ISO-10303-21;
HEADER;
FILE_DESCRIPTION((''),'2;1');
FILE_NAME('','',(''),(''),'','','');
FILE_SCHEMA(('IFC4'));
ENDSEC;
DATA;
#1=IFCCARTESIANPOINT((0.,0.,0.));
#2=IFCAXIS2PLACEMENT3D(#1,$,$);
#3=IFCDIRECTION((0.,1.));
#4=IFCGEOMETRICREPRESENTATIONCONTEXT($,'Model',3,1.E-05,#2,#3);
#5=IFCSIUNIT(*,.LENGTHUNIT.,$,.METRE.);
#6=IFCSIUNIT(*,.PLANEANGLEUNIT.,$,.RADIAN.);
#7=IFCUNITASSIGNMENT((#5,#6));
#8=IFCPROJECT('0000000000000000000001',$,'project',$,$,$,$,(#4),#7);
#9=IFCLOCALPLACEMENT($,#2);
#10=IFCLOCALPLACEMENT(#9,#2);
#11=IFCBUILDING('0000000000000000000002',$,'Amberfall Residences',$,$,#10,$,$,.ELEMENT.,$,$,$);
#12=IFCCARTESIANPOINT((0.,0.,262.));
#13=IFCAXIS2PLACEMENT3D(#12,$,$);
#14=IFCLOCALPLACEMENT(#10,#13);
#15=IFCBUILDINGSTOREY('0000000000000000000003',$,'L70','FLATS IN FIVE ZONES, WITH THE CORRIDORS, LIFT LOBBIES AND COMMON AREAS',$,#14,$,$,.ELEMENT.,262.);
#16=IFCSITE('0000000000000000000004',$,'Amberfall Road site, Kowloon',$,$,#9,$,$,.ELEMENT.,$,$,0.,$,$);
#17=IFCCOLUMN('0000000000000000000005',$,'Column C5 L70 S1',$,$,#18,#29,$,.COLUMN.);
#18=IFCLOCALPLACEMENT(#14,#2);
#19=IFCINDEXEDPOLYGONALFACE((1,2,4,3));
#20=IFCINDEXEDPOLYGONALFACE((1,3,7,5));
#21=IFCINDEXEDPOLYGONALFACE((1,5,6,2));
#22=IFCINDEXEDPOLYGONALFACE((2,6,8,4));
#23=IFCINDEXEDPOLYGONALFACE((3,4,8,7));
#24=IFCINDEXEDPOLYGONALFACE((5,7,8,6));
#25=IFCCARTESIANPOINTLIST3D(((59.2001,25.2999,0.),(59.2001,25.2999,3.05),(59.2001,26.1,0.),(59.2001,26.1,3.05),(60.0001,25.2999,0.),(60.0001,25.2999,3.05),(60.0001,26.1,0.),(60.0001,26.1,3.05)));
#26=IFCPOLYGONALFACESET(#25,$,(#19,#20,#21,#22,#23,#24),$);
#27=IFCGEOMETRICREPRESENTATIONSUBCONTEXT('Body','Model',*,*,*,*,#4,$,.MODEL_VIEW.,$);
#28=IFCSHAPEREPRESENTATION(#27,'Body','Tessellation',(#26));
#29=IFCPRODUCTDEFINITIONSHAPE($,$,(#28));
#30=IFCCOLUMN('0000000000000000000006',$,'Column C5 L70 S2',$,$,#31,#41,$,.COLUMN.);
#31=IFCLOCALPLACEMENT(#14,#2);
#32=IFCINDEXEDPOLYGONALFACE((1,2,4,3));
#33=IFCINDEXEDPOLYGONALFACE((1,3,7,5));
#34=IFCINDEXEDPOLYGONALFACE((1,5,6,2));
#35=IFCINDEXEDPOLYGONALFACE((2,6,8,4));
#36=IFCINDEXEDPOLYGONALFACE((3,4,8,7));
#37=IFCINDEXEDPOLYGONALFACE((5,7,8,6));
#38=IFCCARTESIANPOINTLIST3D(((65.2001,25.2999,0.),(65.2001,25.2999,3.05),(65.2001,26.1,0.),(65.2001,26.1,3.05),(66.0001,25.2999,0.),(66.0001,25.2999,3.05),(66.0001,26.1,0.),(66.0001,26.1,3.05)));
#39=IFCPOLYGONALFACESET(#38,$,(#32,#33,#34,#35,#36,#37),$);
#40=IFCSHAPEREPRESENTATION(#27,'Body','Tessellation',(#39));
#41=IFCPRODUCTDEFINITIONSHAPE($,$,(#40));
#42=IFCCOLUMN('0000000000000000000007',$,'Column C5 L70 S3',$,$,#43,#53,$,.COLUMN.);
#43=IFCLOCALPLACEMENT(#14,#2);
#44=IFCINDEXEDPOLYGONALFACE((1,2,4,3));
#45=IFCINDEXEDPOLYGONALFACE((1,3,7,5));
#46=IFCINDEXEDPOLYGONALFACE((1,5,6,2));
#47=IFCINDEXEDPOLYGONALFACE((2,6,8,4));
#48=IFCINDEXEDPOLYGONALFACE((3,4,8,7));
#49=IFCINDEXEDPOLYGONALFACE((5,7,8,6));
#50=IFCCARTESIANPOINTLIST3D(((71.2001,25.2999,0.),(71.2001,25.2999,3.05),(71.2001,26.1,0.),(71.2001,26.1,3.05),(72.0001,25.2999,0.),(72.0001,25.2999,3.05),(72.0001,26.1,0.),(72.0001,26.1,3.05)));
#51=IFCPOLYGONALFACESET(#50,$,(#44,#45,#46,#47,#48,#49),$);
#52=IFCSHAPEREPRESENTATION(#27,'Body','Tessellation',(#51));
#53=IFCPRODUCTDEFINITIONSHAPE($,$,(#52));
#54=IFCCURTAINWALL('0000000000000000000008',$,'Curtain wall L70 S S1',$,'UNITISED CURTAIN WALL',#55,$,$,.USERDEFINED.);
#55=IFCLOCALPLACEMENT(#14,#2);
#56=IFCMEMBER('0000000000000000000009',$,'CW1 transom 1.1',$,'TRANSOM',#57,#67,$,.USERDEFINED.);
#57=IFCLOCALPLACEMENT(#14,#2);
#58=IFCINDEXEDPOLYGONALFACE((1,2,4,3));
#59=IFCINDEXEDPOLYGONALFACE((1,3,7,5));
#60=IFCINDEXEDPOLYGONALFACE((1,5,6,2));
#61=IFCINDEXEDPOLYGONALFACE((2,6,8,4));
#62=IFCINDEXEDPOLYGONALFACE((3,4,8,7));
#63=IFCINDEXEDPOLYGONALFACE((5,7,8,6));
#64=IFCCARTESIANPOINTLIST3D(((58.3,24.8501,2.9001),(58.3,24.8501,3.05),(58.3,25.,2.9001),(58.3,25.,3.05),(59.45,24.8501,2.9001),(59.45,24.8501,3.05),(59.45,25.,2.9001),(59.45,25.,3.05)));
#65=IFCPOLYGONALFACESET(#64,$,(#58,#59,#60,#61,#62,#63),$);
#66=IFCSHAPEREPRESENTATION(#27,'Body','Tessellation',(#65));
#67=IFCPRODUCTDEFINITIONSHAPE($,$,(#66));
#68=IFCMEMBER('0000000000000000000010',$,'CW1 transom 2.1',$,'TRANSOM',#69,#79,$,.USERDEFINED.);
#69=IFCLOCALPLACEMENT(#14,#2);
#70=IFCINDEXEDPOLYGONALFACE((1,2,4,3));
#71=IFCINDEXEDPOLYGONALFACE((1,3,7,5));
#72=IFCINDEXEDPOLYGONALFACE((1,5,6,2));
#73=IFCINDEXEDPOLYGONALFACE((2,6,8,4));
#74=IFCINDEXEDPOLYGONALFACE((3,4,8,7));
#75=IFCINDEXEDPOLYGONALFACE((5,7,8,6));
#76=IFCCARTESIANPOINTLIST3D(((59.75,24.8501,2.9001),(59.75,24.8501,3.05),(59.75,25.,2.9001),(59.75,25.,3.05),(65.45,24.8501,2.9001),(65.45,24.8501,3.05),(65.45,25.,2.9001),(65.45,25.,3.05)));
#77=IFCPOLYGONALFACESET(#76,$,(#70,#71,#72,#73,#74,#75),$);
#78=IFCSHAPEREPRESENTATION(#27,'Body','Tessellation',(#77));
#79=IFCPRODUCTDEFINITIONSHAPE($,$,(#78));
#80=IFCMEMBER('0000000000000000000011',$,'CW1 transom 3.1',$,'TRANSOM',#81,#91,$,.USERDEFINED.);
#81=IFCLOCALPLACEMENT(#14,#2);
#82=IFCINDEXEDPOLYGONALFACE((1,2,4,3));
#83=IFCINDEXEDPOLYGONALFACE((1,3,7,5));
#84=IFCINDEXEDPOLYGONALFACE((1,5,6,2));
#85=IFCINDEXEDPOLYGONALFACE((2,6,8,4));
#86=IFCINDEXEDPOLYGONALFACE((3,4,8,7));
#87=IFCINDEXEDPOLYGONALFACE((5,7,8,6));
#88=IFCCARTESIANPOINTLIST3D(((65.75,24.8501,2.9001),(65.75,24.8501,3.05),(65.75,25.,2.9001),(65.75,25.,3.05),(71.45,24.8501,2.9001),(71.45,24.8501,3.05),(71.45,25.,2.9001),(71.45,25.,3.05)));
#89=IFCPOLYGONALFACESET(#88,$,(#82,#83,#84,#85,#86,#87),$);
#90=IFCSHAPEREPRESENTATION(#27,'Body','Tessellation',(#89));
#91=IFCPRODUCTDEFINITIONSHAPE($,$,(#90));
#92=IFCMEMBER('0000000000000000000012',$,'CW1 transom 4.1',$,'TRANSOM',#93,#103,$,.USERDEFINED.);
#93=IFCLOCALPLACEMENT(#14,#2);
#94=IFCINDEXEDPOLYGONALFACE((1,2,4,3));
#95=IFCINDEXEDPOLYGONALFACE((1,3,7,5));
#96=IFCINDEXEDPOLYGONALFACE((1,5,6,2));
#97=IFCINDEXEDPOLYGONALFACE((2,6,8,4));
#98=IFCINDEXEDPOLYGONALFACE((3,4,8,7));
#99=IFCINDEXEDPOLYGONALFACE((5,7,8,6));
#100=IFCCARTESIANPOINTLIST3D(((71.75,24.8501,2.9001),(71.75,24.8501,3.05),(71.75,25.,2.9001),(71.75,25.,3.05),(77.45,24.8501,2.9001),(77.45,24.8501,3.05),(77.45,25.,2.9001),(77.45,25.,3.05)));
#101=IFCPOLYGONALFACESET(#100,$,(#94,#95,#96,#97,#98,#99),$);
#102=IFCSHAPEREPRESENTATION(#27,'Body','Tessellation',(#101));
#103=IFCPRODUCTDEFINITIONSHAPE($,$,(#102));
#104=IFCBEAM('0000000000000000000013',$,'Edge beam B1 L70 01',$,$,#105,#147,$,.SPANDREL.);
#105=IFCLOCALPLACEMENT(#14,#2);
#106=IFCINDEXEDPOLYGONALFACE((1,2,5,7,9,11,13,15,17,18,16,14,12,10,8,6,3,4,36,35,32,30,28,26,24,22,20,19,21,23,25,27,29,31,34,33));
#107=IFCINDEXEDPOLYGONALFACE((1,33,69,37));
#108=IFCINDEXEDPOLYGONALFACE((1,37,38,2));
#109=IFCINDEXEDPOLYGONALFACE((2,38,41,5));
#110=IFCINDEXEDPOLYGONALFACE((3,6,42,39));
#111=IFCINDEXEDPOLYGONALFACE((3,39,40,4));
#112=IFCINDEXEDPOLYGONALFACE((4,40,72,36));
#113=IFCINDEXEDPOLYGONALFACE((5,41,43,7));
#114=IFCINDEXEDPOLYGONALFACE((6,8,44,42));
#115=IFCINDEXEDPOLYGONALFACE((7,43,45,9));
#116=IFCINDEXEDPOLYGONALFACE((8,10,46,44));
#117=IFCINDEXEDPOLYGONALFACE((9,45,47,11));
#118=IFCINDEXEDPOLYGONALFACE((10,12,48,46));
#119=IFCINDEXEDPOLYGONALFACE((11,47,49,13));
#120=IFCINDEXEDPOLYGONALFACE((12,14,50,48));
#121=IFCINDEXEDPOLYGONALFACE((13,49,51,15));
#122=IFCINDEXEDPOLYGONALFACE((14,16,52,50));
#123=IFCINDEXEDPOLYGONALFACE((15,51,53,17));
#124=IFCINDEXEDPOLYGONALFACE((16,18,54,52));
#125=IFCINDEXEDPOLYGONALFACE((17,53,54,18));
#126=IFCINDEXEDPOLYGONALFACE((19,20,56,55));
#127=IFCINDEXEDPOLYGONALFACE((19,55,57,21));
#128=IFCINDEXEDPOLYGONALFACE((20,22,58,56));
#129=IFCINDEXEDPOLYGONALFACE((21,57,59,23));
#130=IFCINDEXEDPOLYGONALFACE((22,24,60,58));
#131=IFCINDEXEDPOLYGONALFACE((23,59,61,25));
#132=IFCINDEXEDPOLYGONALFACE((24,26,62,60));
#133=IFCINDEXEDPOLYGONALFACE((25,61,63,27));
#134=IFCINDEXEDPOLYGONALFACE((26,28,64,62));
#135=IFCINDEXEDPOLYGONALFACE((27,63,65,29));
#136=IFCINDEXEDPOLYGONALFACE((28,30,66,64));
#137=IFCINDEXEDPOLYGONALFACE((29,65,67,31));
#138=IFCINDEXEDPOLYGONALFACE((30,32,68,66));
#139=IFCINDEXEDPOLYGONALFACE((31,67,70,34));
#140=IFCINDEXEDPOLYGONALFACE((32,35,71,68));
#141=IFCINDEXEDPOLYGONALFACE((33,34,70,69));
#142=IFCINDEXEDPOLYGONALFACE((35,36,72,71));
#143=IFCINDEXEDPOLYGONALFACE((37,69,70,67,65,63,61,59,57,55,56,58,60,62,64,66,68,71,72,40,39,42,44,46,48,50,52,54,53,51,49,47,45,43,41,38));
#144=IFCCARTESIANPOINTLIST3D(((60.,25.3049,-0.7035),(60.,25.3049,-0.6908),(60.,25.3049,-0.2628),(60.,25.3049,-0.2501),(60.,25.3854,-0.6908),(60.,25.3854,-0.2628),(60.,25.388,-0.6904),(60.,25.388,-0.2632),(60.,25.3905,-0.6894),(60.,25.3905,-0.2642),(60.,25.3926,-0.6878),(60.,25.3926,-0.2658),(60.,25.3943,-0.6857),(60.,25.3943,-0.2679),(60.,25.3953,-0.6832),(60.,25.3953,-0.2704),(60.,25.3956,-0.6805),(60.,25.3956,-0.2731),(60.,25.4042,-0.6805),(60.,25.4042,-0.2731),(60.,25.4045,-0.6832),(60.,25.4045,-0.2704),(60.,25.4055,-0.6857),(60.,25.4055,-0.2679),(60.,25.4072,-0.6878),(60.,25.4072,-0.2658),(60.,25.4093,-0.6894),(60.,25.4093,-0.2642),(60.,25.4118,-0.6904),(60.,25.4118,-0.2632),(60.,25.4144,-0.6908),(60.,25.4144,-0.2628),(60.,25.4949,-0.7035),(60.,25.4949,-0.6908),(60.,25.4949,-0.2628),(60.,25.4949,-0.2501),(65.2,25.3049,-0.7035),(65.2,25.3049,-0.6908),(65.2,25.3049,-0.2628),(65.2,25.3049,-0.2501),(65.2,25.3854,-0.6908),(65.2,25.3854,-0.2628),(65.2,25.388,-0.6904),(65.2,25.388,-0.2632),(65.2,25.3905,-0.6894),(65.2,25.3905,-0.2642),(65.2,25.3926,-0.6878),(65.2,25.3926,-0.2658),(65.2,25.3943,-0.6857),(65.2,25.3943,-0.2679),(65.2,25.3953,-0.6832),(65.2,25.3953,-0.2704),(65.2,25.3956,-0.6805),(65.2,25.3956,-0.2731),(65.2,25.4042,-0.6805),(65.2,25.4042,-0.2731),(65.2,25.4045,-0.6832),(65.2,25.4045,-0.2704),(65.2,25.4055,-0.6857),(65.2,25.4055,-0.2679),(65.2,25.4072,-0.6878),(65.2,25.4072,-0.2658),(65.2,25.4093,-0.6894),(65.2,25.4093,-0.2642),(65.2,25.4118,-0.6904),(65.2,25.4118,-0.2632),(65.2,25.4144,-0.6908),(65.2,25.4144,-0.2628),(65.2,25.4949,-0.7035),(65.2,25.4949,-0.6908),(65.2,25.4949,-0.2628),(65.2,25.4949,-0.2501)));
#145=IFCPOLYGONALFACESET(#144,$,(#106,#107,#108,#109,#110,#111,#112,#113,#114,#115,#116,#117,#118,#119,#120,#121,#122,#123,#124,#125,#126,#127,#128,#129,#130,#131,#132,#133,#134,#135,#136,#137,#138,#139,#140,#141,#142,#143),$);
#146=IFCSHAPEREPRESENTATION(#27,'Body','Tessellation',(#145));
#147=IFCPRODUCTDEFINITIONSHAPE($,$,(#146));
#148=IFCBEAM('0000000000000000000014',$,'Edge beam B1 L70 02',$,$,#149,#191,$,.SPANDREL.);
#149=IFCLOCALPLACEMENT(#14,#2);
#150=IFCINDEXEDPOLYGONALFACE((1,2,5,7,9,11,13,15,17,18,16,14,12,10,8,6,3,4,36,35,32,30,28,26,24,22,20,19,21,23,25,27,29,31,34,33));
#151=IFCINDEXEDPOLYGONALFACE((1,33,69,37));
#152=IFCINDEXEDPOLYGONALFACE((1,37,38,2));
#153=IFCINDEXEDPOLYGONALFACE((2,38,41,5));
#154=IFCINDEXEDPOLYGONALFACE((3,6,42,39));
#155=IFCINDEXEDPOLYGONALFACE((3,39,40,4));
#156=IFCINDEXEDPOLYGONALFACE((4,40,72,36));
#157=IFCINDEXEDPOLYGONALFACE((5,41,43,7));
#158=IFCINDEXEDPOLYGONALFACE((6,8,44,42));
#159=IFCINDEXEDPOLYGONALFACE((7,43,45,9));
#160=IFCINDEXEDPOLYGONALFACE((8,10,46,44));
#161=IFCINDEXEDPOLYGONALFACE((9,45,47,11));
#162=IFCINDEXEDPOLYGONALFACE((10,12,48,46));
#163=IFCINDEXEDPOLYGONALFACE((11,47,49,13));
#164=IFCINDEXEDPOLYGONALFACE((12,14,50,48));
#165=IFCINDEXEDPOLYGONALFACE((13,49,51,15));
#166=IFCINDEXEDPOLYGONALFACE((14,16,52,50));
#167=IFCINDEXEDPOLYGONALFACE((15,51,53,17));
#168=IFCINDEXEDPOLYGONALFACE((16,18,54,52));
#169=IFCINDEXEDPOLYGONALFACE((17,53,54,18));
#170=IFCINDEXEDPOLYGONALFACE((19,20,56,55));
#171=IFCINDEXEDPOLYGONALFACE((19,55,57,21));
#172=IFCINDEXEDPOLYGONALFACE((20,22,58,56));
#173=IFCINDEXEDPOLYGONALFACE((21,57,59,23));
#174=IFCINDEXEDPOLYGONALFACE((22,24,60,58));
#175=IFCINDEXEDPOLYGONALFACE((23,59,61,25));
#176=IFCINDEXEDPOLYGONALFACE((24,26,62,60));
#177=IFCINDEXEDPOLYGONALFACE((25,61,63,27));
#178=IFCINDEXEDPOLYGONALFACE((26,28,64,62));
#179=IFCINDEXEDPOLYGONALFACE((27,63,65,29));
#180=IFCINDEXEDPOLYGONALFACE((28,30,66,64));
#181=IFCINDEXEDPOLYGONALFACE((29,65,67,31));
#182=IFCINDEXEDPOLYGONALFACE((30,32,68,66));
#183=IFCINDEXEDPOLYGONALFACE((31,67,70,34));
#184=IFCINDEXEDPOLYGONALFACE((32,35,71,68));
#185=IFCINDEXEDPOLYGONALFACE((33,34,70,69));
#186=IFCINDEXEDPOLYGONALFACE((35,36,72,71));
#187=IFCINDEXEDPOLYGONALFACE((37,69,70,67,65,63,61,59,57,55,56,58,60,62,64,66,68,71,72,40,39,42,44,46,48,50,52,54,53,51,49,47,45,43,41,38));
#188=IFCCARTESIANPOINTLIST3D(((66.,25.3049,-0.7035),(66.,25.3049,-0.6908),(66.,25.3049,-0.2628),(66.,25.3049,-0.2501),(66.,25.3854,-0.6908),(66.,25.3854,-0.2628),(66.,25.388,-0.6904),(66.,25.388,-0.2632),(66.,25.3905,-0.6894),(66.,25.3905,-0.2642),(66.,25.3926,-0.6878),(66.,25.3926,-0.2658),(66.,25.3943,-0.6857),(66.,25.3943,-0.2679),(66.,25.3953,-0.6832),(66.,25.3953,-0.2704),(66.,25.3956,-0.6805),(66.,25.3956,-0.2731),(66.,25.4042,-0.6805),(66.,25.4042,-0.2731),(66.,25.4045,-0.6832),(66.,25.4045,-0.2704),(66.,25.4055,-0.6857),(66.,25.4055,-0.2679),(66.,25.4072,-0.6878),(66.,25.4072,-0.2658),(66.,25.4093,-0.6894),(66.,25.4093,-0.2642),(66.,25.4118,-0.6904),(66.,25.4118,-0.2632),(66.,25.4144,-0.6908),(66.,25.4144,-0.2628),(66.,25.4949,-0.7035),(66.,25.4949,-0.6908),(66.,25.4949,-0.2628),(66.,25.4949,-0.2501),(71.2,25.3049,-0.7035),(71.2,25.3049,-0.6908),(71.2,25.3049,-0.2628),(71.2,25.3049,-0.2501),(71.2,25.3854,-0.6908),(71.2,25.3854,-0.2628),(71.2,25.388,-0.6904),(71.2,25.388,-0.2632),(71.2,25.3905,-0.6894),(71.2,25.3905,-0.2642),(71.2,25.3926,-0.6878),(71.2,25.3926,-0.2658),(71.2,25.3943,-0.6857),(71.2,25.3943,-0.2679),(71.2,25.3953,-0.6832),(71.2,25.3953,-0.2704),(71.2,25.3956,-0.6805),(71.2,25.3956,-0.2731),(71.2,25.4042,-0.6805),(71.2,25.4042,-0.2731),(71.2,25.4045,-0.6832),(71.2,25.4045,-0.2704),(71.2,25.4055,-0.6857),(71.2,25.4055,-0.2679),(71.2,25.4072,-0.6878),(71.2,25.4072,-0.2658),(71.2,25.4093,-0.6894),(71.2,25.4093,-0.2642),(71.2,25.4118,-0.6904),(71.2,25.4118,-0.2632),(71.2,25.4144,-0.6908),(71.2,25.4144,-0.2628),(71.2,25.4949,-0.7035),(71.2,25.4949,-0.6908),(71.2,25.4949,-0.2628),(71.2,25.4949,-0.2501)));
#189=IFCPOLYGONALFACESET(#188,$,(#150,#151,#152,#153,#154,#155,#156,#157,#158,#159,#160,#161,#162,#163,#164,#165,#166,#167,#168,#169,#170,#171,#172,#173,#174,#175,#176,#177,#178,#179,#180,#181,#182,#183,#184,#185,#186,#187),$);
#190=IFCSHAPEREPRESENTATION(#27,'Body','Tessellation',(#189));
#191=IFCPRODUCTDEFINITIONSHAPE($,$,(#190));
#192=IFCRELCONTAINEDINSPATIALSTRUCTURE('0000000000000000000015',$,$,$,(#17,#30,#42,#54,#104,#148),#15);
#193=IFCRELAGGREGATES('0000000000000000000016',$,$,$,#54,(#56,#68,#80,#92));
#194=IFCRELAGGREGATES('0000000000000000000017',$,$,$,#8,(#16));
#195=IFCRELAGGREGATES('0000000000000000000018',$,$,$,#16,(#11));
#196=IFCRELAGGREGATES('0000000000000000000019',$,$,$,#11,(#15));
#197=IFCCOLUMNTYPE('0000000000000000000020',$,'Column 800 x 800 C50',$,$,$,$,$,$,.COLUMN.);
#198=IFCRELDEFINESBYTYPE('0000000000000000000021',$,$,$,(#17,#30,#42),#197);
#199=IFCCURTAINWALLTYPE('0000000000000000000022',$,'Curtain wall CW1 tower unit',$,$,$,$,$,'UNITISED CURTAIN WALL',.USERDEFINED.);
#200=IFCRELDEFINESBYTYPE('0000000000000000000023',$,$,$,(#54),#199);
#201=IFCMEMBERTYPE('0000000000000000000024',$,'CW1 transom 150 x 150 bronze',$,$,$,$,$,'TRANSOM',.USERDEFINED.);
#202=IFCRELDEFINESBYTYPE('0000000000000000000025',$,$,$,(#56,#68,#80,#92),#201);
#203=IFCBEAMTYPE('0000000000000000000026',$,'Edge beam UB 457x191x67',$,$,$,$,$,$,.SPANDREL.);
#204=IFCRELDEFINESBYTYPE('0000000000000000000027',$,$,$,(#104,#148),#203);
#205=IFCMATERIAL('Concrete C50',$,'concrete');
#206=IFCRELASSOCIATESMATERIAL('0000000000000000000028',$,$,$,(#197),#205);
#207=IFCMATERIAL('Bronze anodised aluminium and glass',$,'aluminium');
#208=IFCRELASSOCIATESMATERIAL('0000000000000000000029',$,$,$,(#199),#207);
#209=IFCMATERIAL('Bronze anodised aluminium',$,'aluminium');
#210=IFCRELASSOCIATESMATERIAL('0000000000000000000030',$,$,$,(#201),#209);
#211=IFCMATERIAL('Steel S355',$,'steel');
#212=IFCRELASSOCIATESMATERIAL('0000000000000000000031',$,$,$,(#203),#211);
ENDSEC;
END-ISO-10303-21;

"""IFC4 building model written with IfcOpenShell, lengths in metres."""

from ifc_helpers import new_model, si_unit, direction, frame, origin, origin_2d, place, context, subcontext, project, spatial, rectangle, i_section, extrude, material, material_profile, profile_set, type_object, element, aggregate, save


model = new_model("IFC4")

# Units and contexts
model_context = context("Model", 3, precision=1e-05, world=origin(), true_north=direction((0.0, 1.0)))
body_context = subcontext(model_context, "Body", "Model", "MODEL_VIEW")
ifc_project = project(units=[si_unit("LENGTHUNIT", "METRE"), si_unit("PLANEANGLEUNIT", "RADIAN")], contexts=[model_context])

# Site, building, storey
site_placement = place(None, origin())
site = spatial("IfcSite", under=ifc_project, at=site_placement, Name="Amberfall Road site, Kowloon", CompositionType="ELEMENT", RefElevation=0.0)
building_placement = place(site_placement, origin())
building = spatial("IfcBuilding", under=site, at=building_placement, Name="Amberfall Residences", CompositionType="ELEMENT")
storey_placement = place(building_placement, frame((0.0, 0.0, 262.0)))
storey = spatial("IfcBuildingStorey", under=building, at=storey_placement, Name="L70", Description="FLATS IN FIVE ZONES, WITH THE CORRIDORS, LIFT LOBBIES AND COMMON AREAS", CompositionType="ELEMENT", Elevation=262.0)

# Columns
ifc_material_1 = material(Name="Concrete C50", Category="concrete")
ifc_material_profile_1 = material_profile(ifc_material_1, rectangle(XDim=0.8, YDim=0.8, at=origin_2d()), Name="Column 800 x 800 C50")
ifc_profile_set_1 = profile_set([ifc_material_profile_1], Name="Concrete C50")
column_type = type_object("IfcColumnType", Name="Column 800 x 800 C50", PredefinedType="COLUMN", material=ifc_profile_set_1)
for number, where, z_axis, x_axis, name in (
    (1, (59.6001, 25.7, 0.0), (0.0, 0.0, 1.0), (1.0, 0.0, 0.0), "Column C5 L70 S1"),
    (2, (65.6001, 25.7, 0.0), (0.0, 0.0, 1.0), (1.0, 0.0, 0.0), "Column C5 L70 S2"),
    (3, (71.6001, 25.7, 0.0), (0.0, 0.0, 1.0), (1.0, 0.0, 0.0), "Column C5 L70 S3"),
):
    element("IfcColumn", number, at=place(storey_placement, frame(where, z_axis=z_axis, x_axis=x_axis)), inside=storey, type_object=column_type, Name=name, PredefinedType="COLUMN", context=body_context, shape_type="SweptSolid", body=[
        extrude(rectangle(XDim=0.8, YDim=0.8, at=origin_2d()), origin(), (0.0, 0.0, 1.0), 3.05),
    ])

# Curtain wall, members
ifc_material_2 = material(Name="Bronze anodised aluminium and glass", Category="aluminium")
curtain_wall_type = type_object("IfcCurtainWallType", Name="Curtain wall CW1 tower unit", ElementType="UNITISED CURTAIN WALL", PredefinedType="USERDEFINED", material=ifc_material_2)
curtain_wall_placement = place(storey_placement, origin())
curtain_wall = element("IfcCurtainWall", 4, at=curtain_wall_placement, inside=storey, type_object=curtain_wall_type, Name="Curtain wall L70 S S1", ObjectType="UNITISED CURTAIN WALL", PredefinedType="USERDEFINED")
ifc_material_3 = material(Name="Bronze anodised aluminium", Category="aluminium")
ifc_material_profile_2 = material_profile(ifc_material_3, rectangle(XDim=0.1499, YDim=0.1499, at=origin_2d()), Name="CW1 transom 150 x 150 bronze")
ifc_profile_set_2 = profile_set([ifc_material_profile_2], Name="Bronze anodised aluminium")
member_type_1 = type_object("IfcMemberType", Name="CW1 transom 150 x 150 bronze", ElementType="TRANSOM", PredefinedType="USERDEFINED", material=ifc_profile_set_2)
member_1_placement = place(storey_placement, frame((58.3, 24.925, 2.9751), z_axis=(1.0, 0.0, 0.0), x_axis=(0.0, 1.0, 0.0)))
member_1 = element("IfcMember", 5, at=member_1_placement, type_object=member_type_1, Name="CW1 transom 1.1", ObjectType="TRANSOM", PredefinedType="USERDEFINED", context=body_context, shape_type="SweptSolid", body=[
    extrude(rectangle(XDim=0.1499, YDim=0.1499, at=origin_2d()), origin(), (0.0, 0.0, 1.0), 1.1499),
])
member_2_placement = place(storey_placement, frame((59.75, 24.925, 2.9751), z_axis=(1.0, 0.0, 0.0), x_axis=(0.0, 1.0, 0.0)))
member_2 = element("IfcMember", 6, at=member_2_placement, type_object=member_type_1, Name="CW1 transom 2.1", ObjectType="TRANSOM", PredefinedType="USERDEFINED", context=body_context, shape_type="SweptSolid", body=[
    extrude(rectangle(XDim=0.1499, YDim=0.1499, at=origin_2d()), origin(), (0.0, 0.0, 1.0), 5.7),
])
member_3_placement = place(storey_placement, frame((65.75, 24.925, 2.9751), z_axis=(1.0, 0.0, 0.0), x_axis=(0.0, 1.0, 0.0)))
member_3 = element("IfcMember", 7, at=member_3_placement, type_object=member_type_1, Name="CW1 transom 3.1", ObjectType="TRANSOM", PredefinedType="USERDEFINED", context=body_context, shape_type="SweptSolid", body=[
    extrude(rectangle(XDim=0.1499, YDim=0.1499, at=origin_2d()), origin(), (0.0, 0.0, 1.0), 5.7),
])
member_4_placement = place(storey_placement, frame((71.75, 24.925, 2.9751), z_axis=(1.0, 0.0, 0.0), x_axis=(0.0, 1.0, 0.0)))
member_4 = element("IfcMember", 8, at=member_4_placement, type_object=member_type_1, Name="CW1 transom 4.1", ObjectType="TRANSOM", PredefinedType="USERDEFINED", context=body_context, shape_type="SweptSolid", body=[
    extrude(rectangle(XDim=0.1499, YDim=0.1499, at=origin_2d()), origin(), (0.0, 0.0, 1.0), 5.7),
])

# Beams
ifc_material_4 = material(Name="Steel S355", Category="steel")
ifc_material_profile_3 = material_profile(ifc_material_4, i_section(OverallWidth=0.1899, OverallDepth=0.4534, WebThickness=0.0085, FlangeThickness=0.0127, FilletRadius=0.0103, at=origin_2d()), Name="UB 457x191x67")
ifc_profile_set_3 = profile_set([ifc_material_profile_3], Name="Steel S355")
beam_type_1 = type_object("IfcBeamType", Name="Edge beam UB 457x191x67", PredefinedType="SPANDREL", material=ifc_profile_set_3)
for number, where, z_axis, x_axis, name in (
    (9, (60.0, 25.3999, -0.4768), (1.0, 0.0, 0.0), (0.0, 1.0, 0.0), "Edge beam B1 L70 01"),
    (10, (66.0, 25.3999, -0.4768), (1.0, 0.0, 0.0), (0.0, 1.0, 0.0), "Edge beam B1 L70 02"),
):
    element("IfcBeam", number, at=place(storey_placement, frame(where, z_axis=z_axis, x_axis=x_axis)), inside=storey, type_object=beam_type_1, Name=name, PredefinedType="SPANDREL", context=body_context, shape_type="SweptSolid", body=[
        extrude(i_section(OverallWidth=0.1899, OverallDepth=0.4534, WebThickness=0.0085, FlangeThickness=0.0127, FilletRadius=0.0103, at=origin_2d()), origin(), (0.0, 0.0, 1.0), 5.2),
    ])

aggregate(curtain_wall, [member_1, member_2, member_3, member_4])

save(model, "model.ifc")
